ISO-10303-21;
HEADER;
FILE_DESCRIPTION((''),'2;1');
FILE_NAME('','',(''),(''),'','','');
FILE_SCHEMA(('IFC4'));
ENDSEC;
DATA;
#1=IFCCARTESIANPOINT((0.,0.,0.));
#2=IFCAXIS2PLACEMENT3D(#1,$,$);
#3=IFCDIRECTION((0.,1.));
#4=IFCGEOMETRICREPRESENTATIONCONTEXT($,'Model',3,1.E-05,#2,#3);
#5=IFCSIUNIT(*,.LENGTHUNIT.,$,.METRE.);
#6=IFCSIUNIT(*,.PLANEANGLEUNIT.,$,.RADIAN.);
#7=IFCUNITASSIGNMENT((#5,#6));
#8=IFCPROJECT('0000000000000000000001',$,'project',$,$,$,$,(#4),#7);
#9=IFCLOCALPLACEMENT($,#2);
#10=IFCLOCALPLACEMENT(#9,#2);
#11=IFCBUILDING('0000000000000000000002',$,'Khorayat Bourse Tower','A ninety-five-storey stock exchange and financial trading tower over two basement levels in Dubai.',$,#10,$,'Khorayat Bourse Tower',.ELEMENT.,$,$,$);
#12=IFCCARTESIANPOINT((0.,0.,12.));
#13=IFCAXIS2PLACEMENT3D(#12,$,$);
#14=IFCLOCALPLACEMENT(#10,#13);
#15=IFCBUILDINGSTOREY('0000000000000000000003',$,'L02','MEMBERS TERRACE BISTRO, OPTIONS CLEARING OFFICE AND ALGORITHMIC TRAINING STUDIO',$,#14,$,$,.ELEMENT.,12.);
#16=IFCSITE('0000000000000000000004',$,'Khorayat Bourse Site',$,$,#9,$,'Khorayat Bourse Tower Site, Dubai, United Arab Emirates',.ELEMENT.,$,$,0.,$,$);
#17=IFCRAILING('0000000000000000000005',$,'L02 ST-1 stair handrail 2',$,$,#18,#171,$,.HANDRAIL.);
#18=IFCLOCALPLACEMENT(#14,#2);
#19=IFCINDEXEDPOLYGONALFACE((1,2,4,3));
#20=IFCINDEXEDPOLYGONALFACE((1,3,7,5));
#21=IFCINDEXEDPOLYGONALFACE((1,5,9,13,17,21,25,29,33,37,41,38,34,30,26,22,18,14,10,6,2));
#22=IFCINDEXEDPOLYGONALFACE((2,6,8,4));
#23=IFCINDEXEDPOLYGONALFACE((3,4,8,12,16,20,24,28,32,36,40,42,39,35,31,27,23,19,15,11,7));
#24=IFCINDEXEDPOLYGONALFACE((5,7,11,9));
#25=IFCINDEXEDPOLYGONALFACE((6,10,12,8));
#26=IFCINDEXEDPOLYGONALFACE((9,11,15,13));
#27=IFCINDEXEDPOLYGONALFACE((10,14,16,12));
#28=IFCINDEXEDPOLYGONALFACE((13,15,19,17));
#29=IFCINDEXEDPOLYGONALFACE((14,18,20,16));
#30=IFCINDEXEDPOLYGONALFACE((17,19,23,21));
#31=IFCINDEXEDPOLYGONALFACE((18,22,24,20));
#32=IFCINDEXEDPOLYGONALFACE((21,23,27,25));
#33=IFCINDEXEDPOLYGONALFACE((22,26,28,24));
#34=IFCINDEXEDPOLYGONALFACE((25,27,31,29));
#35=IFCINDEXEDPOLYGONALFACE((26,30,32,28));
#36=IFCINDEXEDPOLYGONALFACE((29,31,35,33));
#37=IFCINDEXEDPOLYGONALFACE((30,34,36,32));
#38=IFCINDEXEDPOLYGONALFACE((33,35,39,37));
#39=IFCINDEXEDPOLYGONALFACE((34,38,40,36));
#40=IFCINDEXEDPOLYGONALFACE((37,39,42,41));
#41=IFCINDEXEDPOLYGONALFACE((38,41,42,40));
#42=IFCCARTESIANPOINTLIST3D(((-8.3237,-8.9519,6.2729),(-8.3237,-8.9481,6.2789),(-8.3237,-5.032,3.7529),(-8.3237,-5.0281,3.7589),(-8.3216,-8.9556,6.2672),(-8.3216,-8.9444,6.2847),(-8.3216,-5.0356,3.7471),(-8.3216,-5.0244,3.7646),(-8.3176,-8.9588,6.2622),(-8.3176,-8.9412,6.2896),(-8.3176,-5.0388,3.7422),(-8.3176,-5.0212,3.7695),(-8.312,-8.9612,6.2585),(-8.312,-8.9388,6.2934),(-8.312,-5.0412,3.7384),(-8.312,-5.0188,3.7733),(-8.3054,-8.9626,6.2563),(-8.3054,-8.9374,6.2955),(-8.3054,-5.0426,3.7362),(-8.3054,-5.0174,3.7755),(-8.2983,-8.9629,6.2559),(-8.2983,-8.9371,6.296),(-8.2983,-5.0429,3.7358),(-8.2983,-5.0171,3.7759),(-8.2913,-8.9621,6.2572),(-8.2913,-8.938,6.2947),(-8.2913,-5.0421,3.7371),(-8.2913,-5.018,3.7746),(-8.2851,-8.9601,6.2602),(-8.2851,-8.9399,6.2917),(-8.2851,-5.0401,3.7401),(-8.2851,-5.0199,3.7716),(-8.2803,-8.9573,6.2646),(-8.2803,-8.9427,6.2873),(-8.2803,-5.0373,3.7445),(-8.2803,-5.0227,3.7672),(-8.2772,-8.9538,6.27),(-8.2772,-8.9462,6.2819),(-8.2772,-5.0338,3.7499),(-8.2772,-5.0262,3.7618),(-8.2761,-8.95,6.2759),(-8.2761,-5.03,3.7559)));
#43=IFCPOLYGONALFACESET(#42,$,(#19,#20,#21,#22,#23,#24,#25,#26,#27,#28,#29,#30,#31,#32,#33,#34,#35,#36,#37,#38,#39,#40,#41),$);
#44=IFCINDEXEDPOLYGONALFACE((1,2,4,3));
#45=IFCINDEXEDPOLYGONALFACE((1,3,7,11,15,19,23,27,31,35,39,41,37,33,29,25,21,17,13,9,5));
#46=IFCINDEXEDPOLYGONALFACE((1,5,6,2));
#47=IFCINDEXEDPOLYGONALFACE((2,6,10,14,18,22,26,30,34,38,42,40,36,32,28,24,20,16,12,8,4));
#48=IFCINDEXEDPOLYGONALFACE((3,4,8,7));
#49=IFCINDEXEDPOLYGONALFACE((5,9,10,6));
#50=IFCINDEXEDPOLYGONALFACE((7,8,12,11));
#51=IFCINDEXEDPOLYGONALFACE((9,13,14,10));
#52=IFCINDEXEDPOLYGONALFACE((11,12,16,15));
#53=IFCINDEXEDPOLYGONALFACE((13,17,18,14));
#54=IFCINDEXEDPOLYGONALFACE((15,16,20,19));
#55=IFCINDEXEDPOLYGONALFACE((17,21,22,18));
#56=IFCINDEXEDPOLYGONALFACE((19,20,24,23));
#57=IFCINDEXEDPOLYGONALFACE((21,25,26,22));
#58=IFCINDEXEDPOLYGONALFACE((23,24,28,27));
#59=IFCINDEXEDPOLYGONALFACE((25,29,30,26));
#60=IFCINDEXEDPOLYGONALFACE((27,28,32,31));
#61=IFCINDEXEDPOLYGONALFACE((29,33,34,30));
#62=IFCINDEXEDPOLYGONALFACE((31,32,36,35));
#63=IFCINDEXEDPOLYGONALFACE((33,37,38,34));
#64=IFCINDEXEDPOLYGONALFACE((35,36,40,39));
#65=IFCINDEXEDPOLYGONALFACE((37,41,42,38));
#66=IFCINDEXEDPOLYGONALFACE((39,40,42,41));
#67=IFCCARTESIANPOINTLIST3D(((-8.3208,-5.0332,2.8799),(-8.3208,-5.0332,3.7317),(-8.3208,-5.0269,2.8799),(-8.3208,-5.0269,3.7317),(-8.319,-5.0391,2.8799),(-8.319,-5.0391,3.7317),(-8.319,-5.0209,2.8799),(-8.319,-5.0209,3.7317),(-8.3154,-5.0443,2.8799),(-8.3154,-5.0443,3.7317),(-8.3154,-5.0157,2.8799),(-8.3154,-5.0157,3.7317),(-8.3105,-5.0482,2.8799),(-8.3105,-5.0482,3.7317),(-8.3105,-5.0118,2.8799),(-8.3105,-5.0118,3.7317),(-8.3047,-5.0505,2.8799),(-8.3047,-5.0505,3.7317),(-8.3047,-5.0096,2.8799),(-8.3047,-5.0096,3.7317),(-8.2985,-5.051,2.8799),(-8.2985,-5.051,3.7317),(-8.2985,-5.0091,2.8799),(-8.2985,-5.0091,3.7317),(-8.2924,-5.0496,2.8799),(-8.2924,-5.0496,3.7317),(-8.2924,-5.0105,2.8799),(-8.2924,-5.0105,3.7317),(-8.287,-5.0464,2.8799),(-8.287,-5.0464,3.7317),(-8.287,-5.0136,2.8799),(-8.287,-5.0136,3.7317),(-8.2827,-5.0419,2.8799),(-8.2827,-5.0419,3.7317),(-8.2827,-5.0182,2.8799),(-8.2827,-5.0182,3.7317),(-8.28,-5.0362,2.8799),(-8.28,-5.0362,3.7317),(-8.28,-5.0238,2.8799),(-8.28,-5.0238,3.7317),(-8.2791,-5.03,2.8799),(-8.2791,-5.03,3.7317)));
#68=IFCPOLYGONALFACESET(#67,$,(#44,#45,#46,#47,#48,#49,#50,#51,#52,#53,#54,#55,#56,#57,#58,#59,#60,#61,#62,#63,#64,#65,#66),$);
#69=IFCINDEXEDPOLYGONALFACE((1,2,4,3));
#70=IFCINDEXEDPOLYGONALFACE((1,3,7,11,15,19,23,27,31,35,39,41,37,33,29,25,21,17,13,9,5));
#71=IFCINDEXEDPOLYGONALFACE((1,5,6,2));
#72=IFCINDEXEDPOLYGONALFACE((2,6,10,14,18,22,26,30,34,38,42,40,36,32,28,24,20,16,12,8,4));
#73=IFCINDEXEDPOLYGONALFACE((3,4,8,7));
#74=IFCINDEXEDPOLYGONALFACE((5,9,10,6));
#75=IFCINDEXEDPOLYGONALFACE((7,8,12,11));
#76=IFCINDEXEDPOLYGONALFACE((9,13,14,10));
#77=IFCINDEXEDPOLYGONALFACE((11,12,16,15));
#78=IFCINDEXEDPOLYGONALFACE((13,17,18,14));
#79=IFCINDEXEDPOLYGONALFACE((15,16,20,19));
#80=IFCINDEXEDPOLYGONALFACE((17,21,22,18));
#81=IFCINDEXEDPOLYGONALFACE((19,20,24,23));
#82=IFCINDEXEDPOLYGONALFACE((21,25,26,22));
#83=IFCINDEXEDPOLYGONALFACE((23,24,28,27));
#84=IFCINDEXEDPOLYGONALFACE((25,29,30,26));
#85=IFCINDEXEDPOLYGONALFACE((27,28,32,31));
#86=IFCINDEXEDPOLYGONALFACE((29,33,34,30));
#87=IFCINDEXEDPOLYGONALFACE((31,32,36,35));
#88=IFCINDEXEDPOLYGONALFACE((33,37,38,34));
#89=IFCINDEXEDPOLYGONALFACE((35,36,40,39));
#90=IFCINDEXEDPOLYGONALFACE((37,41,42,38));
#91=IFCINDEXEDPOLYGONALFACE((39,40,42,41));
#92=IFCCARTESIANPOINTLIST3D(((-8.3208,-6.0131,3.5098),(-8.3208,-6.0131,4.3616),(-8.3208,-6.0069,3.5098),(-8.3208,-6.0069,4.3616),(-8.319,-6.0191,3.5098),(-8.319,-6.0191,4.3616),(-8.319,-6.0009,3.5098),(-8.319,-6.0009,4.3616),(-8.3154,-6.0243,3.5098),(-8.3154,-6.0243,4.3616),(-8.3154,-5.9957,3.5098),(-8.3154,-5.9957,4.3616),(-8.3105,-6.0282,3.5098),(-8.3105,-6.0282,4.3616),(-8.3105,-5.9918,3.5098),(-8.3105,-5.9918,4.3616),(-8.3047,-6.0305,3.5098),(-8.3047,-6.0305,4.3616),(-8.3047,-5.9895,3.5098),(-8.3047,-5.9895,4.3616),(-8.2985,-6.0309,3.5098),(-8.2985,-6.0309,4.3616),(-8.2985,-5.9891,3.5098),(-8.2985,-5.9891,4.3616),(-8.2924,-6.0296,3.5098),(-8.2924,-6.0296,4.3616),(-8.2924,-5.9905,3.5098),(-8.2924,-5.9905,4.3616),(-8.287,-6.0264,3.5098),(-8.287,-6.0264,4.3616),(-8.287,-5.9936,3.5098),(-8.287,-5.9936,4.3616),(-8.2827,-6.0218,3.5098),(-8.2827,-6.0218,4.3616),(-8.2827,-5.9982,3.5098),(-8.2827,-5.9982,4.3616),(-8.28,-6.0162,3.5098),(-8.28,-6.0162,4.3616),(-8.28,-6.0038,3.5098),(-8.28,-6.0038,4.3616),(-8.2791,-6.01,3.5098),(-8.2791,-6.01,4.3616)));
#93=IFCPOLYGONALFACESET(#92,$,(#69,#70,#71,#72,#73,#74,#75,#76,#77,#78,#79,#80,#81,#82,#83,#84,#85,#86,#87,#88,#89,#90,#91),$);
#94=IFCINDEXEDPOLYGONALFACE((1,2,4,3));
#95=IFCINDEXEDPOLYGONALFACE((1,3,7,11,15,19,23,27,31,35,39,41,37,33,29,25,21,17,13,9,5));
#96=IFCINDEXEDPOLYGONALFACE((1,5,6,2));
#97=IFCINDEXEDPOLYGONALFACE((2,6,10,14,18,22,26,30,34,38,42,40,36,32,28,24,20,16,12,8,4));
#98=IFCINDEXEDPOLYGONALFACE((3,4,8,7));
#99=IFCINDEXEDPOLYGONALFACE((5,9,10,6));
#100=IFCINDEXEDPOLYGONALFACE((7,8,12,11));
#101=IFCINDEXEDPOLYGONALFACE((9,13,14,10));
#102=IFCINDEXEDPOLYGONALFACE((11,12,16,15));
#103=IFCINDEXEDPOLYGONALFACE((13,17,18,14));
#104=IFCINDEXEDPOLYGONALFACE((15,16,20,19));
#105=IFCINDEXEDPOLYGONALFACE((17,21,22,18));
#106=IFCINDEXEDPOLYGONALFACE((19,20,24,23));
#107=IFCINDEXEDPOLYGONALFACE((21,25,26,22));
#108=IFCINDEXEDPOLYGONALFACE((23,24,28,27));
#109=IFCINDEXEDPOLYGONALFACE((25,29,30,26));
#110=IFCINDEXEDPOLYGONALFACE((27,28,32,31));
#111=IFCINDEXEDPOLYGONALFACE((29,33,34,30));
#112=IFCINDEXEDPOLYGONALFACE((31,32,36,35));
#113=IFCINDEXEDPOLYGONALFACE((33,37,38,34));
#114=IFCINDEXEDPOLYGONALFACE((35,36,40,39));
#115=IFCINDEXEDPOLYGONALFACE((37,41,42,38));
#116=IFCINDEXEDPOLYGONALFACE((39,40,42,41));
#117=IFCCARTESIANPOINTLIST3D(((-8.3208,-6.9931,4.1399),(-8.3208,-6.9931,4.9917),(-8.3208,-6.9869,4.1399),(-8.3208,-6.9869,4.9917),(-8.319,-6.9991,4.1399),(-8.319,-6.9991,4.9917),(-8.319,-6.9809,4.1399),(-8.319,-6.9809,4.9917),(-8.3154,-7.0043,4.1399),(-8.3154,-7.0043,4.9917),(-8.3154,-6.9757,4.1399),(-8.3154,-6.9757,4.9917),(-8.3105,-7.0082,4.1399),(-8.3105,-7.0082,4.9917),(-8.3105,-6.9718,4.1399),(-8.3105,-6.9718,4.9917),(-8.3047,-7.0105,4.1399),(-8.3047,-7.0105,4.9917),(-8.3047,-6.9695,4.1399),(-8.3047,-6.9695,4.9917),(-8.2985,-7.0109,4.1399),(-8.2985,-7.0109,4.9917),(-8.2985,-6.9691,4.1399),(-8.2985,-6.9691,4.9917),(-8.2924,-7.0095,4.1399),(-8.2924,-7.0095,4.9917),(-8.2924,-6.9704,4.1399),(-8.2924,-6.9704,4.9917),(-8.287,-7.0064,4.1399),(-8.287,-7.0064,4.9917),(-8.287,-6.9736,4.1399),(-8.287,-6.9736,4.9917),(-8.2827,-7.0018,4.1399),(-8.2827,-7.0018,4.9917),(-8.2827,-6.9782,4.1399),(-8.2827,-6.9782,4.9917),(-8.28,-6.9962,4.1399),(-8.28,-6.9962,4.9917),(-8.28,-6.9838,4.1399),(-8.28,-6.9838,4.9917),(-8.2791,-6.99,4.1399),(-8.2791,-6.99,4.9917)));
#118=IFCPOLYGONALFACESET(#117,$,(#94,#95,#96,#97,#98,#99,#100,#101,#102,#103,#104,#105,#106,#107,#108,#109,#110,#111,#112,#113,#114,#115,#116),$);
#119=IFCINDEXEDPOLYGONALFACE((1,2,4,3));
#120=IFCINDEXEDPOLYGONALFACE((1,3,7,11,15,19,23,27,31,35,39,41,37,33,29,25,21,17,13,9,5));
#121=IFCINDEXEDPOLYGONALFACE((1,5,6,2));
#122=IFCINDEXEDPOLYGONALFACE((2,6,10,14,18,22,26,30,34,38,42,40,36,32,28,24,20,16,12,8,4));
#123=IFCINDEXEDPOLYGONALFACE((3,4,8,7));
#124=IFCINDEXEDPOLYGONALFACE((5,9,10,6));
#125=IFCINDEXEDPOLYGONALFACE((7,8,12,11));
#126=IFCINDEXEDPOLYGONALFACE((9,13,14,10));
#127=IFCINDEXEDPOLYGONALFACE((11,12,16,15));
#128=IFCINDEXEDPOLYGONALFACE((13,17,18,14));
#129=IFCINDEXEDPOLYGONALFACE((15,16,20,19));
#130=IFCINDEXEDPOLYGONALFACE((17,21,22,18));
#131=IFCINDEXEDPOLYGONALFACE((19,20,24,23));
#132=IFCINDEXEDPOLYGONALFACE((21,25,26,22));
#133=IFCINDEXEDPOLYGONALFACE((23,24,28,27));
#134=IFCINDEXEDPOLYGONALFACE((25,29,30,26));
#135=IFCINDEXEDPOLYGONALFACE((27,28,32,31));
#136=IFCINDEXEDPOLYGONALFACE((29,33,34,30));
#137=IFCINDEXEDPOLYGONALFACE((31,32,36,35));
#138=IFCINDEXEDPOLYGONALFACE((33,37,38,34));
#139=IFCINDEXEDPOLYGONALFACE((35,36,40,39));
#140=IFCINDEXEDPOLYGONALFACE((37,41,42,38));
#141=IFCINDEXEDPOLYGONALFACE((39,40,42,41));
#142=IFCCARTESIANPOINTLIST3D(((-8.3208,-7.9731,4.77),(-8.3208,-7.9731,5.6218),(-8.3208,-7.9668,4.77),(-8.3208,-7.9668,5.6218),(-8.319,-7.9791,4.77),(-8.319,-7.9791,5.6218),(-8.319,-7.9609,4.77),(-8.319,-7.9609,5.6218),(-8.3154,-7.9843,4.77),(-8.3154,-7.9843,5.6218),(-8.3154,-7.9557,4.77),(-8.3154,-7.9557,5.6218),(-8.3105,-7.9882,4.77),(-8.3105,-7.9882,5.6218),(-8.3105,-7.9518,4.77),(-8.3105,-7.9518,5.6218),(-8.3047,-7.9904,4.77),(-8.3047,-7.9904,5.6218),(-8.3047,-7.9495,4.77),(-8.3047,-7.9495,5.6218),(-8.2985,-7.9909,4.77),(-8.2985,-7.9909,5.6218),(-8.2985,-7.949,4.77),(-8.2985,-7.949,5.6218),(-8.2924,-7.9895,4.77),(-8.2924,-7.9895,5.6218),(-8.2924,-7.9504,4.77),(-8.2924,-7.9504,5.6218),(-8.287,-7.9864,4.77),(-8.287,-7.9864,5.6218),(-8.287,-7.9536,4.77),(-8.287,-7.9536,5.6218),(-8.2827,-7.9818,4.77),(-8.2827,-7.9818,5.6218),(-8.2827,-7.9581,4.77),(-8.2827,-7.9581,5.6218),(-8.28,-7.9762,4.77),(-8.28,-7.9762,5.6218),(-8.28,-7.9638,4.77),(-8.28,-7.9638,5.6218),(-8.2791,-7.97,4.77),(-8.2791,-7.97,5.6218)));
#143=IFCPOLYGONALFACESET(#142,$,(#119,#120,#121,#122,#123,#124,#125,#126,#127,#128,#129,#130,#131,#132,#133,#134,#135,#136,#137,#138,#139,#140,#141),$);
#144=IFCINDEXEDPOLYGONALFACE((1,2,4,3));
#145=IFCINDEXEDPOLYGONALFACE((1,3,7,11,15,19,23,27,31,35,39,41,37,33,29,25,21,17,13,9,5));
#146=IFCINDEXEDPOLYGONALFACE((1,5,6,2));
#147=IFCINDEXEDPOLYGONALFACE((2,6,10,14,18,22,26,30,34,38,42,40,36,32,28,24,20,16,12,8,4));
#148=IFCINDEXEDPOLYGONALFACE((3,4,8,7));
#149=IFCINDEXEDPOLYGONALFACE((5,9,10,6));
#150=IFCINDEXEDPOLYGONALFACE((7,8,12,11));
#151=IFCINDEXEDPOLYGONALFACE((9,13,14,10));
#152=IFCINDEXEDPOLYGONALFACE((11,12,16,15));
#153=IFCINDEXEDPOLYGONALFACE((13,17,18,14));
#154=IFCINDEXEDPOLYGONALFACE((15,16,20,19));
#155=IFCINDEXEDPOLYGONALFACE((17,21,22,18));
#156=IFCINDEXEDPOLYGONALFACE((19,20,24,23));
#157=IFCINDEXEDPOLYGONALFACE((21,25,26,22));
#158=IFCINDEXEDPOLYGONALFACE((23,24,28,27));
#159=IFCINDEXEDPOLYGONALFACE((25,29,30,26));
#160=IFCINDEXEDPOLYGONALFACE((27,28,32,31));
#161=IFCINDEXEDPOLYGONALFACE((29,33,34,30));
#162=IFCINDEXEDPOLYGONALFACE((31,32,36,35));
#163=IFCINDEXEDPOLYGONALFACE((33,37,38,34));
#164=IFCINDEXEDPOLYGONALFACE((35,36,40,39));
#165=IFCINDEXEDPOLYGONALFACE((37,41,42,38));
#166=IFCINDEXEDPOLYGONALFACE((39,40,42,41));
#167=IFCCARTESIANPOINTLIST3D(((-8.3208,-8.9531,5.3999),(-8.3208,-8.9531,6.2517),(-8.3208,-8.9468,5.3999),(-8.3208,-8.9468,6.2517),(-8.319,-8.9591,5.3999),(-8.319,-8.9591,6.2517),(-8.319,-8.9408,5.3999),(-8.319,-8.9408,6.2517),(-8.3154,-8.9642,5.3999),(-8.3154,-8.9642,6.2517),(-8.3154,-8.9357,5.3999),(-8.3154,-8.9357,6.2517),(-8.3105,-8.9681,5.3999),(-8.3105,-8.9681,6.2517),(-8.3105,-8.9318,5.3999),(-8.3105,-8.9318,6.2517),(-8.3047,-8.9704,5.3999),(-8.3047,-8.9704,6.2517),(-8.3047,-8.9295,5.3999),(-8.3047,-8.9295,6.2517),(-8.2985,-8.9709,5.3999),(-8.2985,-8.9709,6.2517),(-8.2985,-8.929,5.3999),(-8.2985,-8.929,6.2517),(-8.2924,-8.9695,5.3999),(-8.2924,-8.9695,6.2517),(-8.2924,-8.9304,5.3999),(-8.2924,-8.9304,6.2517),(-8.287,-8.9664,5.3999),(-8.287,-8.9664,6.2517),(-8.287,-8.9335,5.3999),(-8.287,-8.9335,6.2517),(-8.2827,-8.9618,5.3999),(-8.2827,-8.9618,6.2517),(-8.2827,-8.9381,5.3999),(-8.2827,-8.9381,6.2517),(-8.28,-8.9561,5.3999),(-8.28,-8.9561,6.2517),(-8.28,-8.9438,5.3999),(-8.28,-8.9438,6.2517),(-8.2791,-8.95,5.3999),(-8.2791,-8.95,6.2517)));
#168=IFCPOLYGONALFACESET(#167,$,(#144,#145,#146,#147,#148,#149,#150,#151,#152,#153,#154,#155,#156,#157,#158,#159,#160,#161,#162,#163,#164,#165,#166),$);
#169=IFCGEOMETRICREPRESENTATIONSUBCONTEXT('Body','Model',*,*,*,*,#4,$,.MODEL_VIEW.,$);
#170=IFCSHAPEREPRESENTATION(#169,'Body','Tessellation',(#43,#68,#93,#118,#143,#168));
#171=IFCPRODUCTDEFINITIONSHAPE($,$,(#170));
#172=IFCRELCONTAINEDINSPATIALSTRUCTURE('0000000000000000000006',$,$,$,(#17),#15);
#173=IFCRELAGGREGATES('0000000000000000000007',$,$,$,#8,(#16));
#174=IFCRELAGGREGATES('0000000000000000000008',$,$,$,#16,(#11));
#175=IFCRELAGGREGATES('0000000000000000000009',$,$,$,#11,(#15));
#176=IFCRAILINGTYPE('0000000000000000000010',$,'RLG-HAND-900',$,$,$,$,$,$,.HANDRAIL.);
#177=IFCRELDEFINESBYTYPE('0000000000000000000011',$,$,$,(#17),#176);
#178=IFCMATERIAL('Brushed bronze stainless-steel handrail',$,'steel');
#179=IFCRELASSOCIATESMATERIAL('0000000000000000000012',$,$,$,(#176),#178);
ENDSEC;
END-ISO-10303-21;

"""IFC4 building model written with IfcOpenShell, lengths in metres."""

from ifc_helpers import new_model, si_unit, direction, frame, origin, origin_2d, place, context, subcontext, project, spatial, circle, extrude, source, transform, mapped, material, type_object, element, save


model = new_model("IFC4")

# Units and contexts
model_context = context("Model", 3, precision=1e-05, world=origin(), true_north=direction((0.0, 1.0)))
body_context = subcontext(model_context, "Body", "Model", "MODEL_VIEW")
ifc_project = project(units=[si_unit("LENGTHUNIT", "METRE"), si_unit("PLANEANGLEUNIT", "RADIAN")], contexts=[model_context])

# Site, building, storey
site_placement = place(None, origin())
site = spatial("IfcSite", under=ifc_project, at=site_placement, Name="Khorayat Bourse Site", LongName="Khorayat Bourse Tower Site, Dubai, United Arab Emirates", CompositionType="ELEMENT", RefElevation=0.0)
building_placement = place(site_placement, origin())
building = spatial("IfcBuilding", under=site, at=building_placement, Name="Khorayat Bourse Tower", Description="A ninety-five-storey stock exchange and financial trading tower over two basement levels in Dubai.", LongName="Khorayat Bourse Tower", CompositionType="ELEMENT")
storey_placement = place(building_placement, frame((0.0, 0.0, 12.0)))
storey = spatial("IfcBuildingStorey", under=building, at=storey_placement, Name="L02", Description="MEMBERS TERRACE BISTRO, OPTIONS CLEARING OFFICE AND ALGORITHMIC TRAINING STUDIO", CompositionType="ELEMENT", Elevation=12.0)

# Railing
ifc_material_1 = material(Name="Brushed bronze stainless-steel handrail", Category="steel")
railing_type_1 = type_object("IfcRailingType", Name="RLG-HAND-900", PredefinedType="HANDRAIL", material=ifc_material_1)
shared_shape_1 = source(origin(), body_context, "Body", "SweptSolid", [
    extrude(circle(Radius=0.0239, at=origin_2d()), frame((0.0, 0.0, 0.876), z_axis=(0.0, -0.841172, 0.540768), x_axis=(1.0, 0.0, 0.0)), (0.0, 0.0, 1.0), 4.6602),
    extrude(circle(Radius=0.021, at=origin_2d()), origin(), (0.0, 0.0, 1.0), 0.8518),
    extrude(circle(Radius=0.021, at=origin_2d()), frame((0.0, -0.98, 0.6299)), (0.0, 0.0, 1.0), 0.8518),
    extrude(circle(Radius=0.021, at=origin_2d()), frame((0.0, -1.96, 1.26)), (0.0, 0.0, 1.0), 0.8518),
    extrude(circle(Radius=0.021, at=origin_2d()), frame((0.0, -2.9399, 1.8901)), (0.0, 0.0, 1.0), 0.8518),
    extrude(circle(Radius=0.021, at=origin_2d()), frame((0.0, -3.9199, 2.52)), (0.0, 0.0, 1.0), 0.8518),
])
railing_1_placement = place(storey_placement, frame((-8.3, -5.03, 2.8799)))
element("IfcRailing", 1, at=railing_1_placement, inside=storey, type_object=railing_type_1, Name="L02 ST-1 stair handrail 2", PredefinedType="HANDRAIL", context=body_context, shape_type="MappedRepresentation", body=[
    mapped(shared_shape_1, transform((0.0, 0.0, 0.0), scale=1.0)),
])

save(model, "model.ifc")
